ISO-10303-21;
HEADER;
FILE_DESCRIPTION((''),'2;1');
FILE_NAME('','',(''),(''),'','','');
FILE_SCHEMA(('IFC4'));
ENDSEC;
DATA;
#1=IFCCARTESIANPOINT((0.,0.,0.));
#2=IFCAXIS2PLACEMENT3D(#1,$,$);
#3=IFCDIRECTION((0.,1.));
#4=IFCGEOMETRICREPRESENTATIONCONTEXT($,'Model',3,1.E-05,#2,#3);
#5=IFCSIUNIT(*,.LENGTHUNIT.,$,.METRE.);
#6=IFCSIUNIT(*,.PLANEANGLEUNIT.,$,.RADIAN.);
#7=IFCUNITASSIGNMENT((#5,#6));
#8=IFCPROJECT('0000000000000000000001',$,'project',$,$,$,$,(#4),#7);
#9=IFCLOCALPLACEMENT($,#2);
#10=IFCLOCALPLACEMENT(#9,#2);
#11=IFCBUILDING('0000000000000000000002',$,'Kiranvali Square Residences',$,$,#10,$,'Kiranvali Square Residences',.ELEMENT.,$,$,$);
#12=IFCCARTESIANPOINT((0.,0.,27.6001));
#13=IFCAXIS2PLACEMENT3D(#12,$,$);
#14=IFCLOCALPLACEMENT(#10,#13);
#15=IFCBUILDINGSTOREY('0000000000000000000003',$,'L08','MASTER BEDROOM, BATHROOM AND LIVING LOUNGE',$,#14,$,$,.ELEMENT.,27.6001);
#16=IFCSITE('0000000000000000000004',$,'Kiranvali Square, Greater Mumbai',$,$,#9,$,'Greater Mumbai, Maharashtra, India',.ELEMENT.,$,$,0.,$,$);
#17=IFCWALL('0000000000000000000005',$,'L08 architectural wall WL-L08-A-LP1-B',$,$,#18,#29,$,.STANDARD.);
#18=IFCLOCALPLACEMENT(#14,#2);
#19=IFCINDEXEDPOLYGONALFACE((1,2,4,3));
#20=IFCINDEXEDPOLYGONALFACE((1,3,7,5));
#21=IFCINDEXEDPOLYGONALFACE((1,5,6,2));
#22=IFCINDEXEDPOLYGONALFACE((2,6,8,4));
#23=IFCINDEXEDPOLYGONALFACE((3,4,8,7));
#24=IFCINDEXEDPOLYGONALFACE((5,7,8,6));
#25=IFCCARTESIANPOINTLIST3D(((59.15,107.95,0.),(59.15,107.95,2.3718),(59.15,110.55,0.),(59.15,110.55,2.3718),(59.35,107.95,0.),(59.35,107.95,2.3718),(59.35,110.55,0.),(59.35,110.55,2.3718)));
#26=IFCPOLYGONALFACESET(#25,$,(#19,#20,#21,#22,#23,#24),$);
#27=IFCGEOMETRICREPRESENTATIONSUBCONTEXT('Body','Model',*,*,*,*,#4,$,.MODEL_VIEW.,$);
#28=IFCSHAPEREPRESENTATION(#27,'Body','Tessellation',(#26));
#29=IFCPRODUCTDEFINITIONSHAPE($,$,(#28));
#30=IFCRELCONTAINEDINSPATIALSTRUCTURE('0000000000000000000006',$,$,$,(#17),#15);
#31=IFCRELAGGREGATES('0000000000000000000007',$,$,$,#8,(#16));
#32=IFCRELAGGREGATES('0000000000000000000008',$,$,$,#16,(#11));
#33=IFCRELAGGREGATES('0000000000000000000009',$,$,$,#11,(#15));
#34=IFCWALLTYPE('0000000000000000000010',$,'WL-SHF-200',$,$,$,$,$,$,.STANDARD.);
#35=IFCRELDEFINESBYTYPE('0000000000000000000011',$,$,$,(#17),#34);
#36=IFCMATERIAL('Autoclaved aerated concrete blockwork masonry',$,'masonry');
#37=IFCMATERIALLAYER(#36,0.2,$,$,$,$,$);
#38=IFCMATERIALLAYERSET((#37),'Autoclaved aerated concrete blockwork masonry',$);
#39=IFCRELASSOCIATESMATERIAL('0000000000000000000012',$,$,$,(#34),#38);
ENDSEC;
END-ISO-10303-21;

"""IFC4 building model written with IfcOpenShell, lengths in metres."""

from ifc_helpers import new_model, si_unit, direction, frame, frame_2d, origin, place, context, subcontext, project, spatial, rectangle, extrude, material, layer, layer_set, type_object, element, save


model = new_model("IFC4")

# Units and contexts
model_context = context("Model", 3, precision=1e-05, world=origin(), true_north=direction((0.0, 1.0)))
body_context = subcontext(model_context, "Body", "Model", "MODEL_VIEW")
ifc_project = project(units=[si_unit("LENGTHUNIT", "METRE"), si_unit("PLANEANGLEUNIT", "RADIAN")], contexts=[model_context])

# Site, building, storey
site_placement = place(None, origin())
site = spatial("IfcSite", under=ifc_project, at=site_placement, Name="Kiranvali Square, Greater Mumbai", LongName="Greater Mumbai, Maharashtra, India", CompositionType="ELEMENT", RefElevation=0.0)
building_placement = place(site_placement, origin())
building = spatial("IfcBuilding", under=site, at=building_placement, Name="Kiranvali Square Residences", LongName="Kiranvali Square Residences", CompositionType="ELEMENT")
storey_placement = place(building_placement, frame((0.0, 0.0, 27.6001)))
storey = spatial("IfcBuildingStorey", under=building, at=storey_placement, Name="L08", Description="MASTER BEDROOM, BATHROOM AND LIVING LOUNGE", CompositionType="ELEMENT", Elevation=27.6001)

# Shared definitions
ifc_material_1 = material(Name="Autoclaved aerated concrete blockwork masonry", Category="masonry")

# Wall
ifc_layer_1 = layer(ifc_material_1, 0.2)
ifc_layer_set_1 = layer_set([ifc_layer_1], Name="Autoclaved aerated concrete blockwork masonry")
wall_type_1 = type_object("IfcWallType", Name="WL-SHF-200", PredefinedType="STANDARD", material=ifc_layer_set_1)
wall_1_placement = place(storey_placement, frame((59.25, 107.95, 0.0), z_axis=(0.0, 0.0, 1.0), x_axis=(0.0, 1.0, 0.0)))
element("IfcWall", 1, at=wall_1_placement, inside=storey, type_object=wall_type_1, Name="L08 architectural wall WL-L08-A-LP1-B", PredefinedType="STANDARD", context=body_context, shape_type="SweptSolid", body=[
    extrude(rectangle(XDim=2.6001, YDim=0.2, at=frame_2d((1.3, 0.0))), origin(), (0.0, 0.0, 1.0), 2.3718),
])

save(model, "model.ifc")
